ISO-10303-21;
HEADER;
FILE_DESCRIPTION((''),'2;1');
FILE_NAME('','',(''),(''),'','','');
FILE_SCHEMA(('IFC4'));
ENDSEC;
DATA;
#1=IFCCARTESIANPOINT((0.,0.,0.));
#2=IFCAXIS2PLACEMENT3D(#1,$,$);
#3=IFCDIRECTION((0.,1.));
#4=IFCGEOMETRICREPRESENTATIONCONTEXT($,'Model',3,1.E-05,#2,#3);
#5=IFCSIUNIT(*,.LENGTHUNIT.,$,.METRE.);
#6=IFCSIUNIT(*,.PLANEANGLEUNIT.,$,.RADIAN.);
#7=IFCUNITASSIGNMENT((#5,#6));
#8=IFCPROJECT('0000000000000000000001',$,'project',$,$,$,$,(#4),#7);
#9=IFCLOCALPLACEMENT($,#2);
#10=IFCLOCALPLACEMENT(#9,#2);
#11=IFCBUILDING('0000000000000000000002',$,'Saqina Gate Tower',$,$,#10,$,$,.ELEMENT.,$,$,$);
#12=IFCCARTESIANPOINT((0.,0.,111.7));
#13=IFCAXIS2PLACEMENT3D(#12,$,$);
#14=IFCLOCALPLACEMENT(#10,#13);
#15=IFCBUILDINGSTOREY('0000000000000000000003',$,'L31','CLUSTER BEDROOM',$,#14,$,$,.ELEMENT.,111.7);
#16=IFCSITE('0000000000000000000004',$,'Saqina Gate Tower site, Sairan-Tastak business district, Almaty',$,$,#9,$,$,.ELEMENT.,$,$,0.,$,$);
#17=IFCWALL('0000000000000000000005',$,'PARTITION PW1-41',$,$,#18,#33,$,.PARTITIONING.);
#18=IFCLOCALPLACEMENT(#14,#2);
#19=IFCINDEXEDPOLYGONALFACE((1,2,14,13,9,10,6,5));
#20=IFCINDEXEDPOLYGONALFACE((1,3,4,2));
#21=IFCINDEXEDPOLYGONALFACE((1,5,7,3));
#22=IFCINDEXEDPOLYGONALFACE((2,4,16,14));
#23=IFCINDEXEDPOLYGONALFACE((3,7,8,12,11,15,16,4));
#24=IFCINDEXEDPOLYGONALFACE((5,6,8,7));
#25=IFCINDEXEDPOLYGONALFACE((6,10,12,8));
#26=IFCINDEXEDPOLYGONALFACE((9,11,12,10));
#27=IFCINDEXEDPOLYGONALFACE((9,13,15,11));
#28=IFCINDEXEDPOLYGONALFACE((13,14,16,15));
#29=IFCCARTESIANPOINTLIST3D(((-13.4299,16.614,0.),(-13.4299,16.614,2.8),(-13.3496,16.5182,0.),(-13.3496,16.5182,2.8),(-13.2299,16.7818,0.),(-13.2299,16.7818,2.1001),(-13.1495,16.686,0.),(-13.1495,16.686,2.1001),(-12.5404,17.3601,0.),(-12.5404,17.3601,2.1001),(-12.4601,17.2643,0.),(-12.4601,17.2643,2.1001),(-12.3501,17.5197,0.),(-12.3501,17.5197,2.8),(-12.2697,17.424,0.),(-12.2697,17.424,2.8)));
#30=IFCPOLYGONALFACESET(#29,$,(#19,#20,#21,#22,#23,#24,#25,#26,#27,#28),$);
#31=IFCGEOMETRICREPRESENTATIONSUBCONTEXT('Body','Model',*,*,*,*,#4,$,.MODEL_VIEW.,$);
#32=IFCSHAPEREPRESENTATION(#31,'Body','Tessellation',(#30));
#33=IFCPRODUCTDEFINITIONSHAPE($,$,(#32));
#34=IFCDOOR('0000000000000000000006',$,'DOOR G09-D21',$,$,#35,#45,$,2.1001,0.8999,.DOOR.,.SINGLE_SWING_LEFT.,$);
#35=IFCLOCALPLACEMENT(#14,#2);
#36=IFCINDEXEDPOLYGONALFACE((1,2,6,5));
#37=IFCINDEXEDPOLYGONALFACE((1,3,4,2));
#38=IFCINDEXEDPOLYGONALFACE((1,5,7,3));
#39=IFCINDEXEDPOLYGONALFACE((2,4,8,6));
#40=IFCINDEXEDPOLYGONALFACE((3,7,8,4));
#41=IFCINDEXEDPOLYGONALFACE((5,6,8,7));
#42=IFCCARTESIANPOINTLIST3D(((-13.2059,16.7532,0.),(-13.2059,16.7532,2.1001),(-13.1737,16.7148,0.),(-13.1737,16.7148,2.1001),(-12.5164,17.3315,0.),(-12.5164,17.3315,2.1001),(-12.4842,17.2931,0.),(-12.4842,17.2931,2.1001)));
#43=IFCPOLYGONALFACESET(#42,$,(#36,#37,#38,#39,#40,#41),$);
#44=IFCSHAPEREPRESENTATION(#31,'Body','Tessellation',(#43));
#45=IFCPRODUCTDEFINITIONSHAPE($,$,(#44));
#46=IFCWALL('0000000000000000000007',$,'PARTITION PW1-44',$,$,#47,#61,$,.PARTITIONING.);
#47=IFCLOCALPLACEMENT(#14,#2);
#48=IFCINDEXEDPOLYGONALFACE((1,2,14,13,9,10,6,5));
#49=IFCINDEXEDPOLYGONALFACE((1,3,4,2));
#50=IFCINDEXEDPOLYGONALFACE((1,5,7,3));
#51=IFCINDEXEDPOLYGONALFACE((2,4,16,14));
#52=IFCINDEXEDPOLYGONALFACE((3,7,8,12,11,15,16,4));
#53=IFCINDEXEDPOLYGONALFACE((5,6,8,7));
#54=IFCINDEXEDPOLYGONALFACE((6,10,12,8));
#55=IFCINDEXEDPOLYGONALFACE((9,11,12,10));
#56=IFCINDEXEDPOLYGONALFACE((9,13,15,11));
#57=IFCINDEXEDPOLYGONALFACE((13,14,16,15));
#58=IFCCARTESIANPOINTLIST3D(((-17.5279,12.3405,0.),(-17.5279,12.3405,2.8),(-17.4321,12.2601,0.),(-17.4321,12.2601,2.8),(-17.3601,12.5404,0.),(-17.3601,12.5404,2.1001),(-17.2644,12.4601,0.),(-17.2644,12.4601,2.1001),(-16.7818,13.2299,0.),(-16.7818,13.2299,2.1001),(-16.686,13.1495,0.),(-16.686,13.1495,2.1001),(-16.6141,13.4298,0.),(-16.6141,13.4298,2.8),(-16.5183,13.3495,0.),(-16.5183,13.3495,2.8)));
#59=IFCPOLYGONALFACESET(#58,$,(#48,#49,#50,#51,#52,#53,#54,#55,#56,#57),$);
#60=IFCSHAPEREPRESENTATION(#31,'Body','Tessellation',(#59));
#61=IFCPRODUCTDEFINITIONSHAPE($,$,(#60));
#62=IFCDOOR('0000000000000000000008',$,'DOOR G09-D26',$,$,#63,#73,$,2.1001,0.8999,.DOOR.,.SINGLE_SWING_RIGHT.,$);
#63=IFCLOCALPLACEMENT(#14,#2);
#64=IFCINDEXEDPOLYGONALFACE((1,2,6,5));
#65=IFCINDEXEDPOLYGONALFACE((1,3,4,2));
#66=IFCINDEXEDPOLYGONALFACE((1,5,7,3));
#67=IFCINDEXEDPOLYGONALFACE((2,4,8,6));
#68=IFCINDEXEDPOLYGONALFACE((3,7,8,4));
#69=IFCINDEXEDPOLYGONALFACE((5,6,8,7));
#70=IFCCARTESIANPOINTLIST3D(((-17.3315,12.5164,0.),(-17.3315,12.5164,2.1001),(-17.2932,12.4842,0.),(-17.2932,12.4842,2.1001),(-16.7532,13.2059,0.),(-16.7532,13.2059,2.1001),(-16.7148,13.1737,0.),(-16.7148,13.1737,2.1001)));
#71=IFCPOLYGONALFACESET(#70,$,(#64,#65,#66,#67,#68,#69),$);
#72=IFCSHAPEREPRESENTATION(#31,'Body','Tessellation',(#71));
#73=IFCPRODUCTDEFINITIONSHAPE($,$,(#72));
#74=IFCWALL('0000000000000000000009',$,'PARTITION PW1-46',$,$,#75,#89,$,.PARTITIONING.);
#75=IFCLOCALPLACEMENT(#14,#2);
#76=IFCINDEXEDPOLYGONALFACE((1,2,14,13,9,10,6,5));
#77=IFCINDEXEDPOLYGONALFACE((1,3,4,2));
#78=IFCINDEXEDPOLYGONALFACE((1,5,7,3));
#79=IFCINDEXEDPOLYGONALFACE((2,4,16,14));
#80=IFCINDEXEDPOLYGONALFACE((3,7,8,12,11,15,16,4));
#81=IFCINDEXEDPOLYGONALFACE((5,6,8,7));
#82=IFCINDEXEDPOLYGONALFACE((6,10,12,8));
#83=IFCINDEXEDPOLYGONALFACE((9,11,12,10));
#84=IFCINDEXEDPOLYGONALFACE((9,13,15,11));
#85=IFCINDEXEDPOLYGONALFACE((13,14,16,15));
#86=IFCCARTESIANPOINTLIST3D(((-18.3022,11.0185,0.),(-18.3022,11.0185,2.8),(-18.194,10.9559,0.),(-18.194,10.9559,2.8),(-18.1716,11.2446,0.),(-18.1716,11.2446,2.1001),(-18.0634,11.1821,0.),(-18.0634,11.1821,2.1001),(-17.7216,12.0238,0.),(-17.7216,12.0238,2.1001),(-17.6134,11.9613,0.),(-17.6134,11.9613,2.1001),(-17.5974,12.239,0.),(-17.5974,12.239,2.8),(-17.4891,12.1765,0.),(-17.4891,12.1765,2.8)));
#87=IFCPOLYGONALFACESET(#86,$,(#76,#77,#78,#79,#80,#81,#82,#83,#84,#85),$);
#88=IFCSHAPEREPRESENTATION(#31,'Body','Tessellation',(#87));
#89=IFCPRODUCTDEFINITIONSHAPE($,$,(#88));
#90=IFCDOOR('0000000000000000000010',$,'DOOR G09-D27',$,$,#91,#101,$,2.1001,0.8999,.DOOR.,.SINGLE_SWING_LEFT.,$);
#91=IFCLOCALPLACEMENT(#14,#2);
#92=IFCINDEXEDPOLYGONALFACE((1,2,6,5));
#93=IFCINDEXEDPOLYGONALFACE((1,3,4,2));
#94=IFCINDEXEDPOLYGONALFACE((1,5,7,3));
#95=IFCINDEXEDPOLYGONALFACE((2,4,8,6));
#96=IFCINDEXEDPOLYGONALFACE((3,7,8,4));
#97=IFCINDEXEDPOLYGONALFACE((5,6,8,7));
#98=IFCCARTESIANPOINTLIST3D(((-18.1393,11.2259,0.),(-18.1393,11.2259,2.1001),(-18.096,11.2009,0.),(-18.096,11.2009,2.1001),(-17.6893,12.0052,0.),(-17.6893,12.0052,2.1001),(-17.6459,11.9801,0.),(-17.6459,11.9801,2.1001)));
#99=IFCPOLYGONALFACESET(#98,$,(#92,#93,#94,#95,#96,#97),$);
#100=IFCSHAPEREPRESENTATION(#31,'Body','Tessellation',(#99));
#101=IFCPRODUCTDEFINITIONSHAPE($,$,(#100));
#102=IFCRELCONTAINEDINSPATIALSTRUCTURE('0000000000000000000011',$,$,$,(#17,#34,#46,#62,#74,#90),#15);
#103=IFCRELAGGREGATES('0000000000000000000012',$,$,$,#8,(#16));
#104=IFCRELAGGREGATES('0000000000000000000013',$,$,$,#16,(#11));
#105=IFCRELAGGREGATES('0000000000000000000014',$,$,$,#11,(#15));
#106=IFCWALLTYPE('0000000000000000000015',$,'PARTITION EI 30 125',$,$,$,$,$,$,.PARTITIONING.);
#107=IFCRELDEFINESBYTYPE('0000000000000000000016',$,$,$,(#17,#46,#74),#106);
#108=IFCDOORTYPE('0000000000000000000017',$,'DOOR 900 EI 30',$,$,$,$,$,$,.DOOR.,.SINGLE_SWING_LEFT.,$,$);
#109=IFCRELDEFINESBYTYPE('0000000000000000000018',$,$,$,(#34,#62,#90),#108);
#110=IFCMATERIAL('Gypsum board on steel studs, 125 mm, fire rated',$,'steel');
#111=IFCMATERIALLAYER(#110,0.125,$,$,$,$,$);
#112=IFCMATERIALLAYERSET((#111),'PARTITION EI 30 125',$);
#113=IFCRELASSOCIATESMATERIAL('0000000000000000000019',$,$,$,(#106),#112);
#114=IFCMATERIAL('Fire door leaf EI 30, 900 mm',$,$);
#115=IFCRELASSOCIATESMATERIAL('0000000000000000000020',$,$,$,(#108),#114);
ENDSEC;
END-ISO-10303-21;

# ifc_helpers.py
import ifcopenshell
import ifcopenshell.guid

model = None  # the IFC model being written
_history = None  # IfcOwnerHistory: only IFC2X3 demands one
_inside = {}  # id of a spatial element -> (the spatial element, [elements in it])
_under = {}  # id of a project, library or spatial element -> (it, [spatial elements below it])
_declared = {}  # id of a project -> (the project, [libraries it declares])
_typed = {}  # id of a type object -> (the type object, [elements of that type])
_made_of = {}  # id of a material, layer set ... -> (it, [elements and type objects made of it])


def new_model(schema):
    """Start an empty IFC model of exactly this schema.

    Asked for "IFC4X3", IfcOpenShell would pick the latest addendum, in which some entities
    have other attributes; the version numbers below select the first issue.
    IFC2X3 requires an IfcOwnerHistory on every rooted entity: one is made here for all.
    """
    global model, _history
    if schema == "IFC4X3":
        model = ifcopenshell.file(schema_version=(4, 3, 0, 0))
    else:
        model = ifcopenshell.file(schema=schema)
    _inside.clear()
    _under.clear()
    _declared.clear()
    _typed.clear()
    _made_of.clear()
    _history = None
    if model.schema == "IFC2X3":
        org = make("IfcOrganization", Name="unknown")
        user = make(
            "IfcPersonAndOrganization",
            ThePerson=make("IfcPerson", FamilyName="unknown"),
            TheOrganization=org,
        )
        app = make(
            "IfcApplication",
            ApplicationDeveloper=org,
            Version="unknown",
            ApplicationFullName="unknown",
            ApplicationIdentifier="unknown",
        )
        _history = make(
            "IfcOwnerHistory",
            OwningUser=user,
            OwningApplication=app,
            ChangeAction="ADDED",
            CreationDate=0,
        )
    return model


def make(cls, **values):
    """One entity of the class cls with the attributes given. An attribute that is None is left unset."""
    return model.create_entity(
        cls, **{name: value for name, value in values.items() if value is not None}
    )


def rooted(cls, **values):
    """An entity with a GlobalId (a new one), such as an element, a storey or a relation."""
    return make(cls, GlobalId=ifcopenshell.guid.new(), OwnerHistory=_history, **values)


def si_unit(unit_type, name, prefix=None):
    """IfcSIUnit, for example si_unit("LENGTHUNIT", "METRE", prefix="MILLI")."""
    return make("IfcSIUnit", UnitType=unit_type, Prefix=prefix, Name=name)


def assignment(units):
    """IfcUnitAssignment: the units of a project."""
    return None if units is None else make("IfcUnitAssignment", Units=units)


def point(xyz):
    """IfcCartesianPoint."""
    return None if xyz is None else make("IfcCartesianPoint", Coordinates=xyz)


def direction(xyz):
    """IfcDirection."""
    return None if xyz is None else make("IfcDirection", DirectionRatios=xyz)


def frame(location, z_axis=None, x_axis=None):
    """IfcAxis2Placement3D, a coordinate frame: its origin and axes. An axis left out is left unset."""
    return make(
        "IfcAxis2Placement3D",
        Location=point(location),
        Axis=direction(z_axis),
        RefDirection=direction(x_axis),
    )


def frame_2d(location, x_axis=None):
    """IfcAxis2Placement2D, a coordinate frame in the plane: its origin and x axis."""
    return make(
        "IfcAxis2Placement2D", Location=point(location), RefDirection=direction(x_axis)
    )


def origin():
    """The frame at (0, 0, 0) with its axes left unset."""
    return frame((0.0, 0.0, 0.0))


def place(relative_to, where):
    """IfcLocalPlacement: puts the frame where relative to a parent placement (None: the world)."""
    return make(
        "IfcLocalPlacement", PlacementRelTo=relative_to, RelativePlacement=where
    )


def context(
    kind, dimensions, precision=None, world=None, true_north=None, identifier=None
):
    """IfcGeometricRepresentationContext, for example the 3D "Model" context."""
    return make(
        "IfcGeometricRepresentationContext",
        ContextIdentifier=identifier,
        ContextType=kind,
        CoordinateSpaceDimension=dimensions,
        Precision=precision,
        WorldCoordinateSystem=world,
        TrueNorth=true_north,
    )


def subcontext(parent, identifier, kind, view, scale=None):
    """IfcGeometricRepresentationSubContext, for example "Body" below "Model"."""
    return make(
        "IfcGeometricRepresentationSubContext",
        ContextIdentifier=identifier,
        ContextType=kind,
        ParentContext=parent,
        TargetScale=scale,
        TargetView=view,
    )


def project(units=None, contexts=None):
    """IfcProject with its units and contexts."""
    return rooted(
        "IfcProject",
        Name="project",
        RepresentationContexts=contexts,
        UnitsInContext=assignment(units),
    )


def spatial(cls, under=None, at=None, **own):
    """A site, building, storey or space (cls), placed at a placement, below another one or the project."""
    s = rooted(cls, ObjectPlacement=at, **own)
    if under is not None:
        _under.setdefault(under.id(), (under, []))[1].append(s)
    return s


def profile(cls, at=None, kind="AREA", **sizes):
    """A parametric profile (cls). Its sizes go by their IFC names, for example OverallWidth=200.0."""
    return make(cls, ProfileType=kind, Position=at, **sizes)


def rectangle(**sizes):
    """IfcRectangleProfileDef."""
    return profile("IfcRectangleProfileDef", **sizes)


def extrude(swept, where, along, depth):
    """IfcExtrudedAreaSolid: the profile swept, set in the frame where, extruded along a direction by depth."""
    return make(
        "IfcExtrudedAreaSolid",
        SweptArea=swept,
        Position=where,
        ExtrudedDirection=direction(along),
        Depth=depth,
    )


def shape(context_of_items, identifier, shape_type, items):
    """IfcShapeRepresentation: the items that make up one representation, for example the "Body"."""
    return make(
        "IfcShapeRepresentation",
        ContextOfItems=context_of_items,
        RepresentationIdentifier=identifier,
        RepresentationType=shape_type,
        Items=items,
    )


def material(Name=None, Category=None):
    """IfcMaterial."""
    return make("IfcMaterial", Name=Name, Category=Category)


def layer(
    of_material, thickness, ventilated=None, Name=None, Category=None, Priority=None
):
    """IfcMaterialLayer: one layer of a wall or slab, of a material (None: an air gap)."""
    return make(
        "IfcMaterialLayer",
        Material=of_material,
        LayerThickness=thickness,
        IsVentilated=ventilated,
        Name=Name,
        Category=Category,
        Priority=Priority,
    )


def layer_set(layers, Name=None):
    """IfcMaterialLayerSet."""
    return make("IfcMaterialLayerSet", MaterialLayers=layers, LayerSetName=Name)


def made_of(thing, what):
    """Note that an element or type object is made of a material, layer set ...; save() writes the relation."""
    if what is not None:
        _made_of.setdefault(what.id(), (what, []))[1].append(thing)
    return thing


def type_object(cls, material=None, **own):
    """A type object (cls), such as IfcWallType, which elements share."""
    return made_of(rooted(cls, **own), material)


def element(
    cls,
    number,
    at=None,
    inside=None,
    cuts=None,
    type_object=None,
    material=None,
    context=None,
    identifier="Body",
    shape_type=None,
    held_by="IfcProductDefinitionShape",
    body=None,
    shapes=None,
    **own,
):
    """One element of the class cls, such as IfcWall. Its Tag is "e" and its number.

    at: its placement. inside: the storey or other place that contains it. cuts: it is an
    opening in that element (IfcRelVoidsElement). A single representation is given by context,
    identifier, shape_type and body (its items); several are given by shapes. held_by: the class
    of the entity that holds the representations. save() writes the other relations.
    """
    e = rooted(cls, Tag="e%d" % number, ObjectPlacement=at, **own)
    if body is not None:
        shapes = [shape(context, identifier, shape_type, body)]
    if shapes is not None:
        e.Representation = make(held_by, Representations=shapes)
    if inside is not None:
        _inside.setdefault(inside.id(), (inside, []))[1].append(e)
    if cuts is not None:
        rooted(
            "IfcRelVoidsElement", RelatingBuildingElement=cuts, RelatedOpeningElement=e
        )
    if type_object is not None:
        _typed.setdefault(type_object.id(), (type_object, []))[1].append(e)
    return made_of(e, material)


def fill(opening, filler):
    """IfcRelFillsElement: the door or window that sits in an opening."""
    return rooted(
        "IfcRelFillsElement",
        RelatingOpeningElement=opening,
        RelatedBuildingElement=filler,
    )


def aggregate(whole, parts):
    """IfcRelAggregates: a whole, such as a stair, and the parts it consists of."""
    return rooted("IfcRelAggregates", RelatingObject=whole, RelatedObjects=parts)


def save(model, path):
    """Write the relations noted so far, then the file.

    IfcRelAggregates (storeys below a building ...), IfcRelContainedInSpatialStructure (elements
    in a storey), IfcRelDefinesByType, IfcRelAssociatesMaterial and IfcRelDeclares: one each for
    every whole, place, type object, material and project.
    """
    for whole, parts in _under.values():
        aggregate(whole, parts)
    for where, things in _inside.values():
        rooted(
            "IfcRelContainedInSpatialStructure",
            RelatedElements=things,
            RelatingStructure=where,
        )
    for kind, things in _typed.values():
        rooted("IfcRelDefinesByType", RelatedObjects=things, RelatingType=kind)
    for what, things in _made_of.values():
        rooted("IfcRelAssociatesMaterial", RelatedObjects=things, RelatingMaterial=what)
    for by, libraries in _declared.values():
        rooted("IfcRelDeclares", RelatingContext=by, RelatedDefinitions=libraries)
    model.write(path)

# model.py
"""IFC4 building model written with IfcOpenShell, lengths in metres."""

from ifc_helpers import new_model, si_unit, direction, frame, frame_2d, origin, place, context, subcontext, project, spatial, rectangle, extrude, material, layer, layer_set, type_object, element, fill, save


model = new_model("IFC4")

# Units and contexts
model_context = context("Model", 3, precision=1e-05, world=origin(), true_north=direction((0.0, 1.0)))
body_context = subcontext(model_context, "Body", "Model", "MODEL_VIEW")
ifc_project = project(units=[si_unit("LENGTHUNIT", "METRE"), si_unit("PLANEANGLEUNIT", "RADIAN")], contexts=[model_context])

# Site, building, storey
site_placement = place(None, origin())
site = spatial("IfcSite", under=ifc_project, at=site_placement, Name="Saqina Gate Tower site, Sairan-Tastak business district, Almaty", CompositionType="ELEMENT", RefElevation=0.0)
building_placement = place(site_placement, origin())
building = spatial("IfcBuilding", under=site, at=building_placement, Name="Saqina Gate Tower", CompositionType="ELEMENT")
storey_placement = place(building_placement, frame((0.0, 0.0, 111.7)))
storey = spatial("IfcBuildingStorey", under=building, at=storey_placement, Name="L31", Description="CLUSTER BEDROOM", CompositionType="ELEMENT", Elevation=111.7)

# Walls, openings, doors
ifc_material_1 = material(Name="Gypsum board on steel studs, 125 mm, fire rated", Category="steel")
ifc_layer_1 = layer(ifc_material_1, 0.125)
ifc_layer_set_1 = layer_set([ifc_layer_1], Name="PARTITION EI 30 125")
wall_type_1 = type_object("IfcWallType", Name="PARTITION EI 30 125", PredefinedType="PARTITIONING", material=ifc_layer_set_1)
wall_1_placement = place(storey_placement, frame((-13.3896, 16.5662, 0.0), z_axis=(0.0, 0.0, 1.0), x_axis=(0.766159, 0.642652, 0.0)))
wall_1 = element("IfcWall", 1, at=wall_1_placement, inside=storey, type_object=wall_type_1, Name="PARTITION PW1-41", PredefinedType="PARTITIONING", context=body_context, shape_type="SweptSolid", body=[
    extrude(rectangle(XDim=1.4094, YDim=0.125, at=frame_2d((0.7046, 0.0))), origin(), (0.0, 0.0, 1.0), 2.8),
])
opening_1_placement = place(wall_1_placement, frame((0.261, 0.0, 0.0)))
opening_1 = element("IfcOpeningElement", 2, at=opening_1_placement, cuts=wall_1, PredefinedType="OPENING", context=body_context, shape_type="SweptSolid", body=[
    extrude(rectangle(XDim=0.8999, YDim=2.1001, at=frame_2d((0.45, 1.05))), frame((0.0, 0.0745, 0.0), z_axis=(0.0, -1.0, 0.0), x_axis=(1.0, 0.0, 0.0)), (0.0, 0.0, 1.0), 0.1489),
])
ifc_material_2 = material(Name="Fire door leaf EI 30, 900 mm")
door_type_1 = type_object("IfcDoorType", Name="DOOR 900 EI 30", OperationType="SINGLE_SWING_LEFT", PredefinedType="DOOR", material=ifc_material_2)
door_1_placement = place(opening_1_placement, frame((0.8999, 0.0, 0.0), z_axis=(0.0, 0.0, 1.0), x_axis=(-1.0, 0.0, 0.0)))
door_1 = element("IfcDoor", 3, at=door_1_placement, inside=storey, type_object=door_type_1, Name="DOOR G09-D21", OperationType="SINGLE_SWING_LEFT", OverallHeight=2.1001, OverallWidth=0.8999, PredefinedType="DOOR", context=body_context, shape_type="SweptSolid", body=[
    extrude(rectangle(XDim=0.8999, YDim=2.1001, at=frame_2d((0.45, 1.05))), frame((0.0, 0.0249, 0.0), z_axis=(0.0, -1.0, 0.0), x_axis=(1.0, 0.0, 0.0)), (0.0, 0.0, 1.0), 0.05),
])
fill(opening_1, door_1)
wall_2_placement = place(storey_placement, frame((-17.48, 12.3003, 0.0), z_axis=(0.0, 0.0, 1.0), x_axis=(0.642681, 0.766134, 0.0)))
wall_2 = element("IfcWall", 4, at=wall_2_placement, inside=storey, type_object=wall_type_1, Name="PARTITION PW1-44", PredefinedType="PARTITIONING", context=body_context, shape_type="SweptSolid", body=[
    extrude(rectangle(XDim=1.4219, YDim=0.125, at=frame_2d((0.7109, 0.0))), origin(), (0.0, 0.0, 1.0), 2.8),
])
opening_2_placement = place(wall_2_placement, frame((0.261, 0.0, 0.0)))
opening_2 = element("IfcOpeningElement", 5, at=opening_2_placement, cuts=wall_2, PredefinedType="OPENING", context=body_context, shape_type="SweptSolid", body=[
    extrude(rectangle(XDim=0.8999, YDim=2.1001, at=frame_2d((0.45, 1.05))), frame((0.0, 0.0745, 0.0), z_axis=(0.0, -1.0, 0.0), x_axis=(1.0, 0.0, 0.0)), (0.0, 0.0, 1.0), 0.1489),
])
door_2_placement = place(opening_2_placement, frame((0.8999, 0.0, 0.0), z_axis=(0.0, 0.0, 1.0), x_axis=(-1.0, 0.0, 0.0)))
door_2 = element("IfcDoor", 6, at=door_2_placement, inside=storey, type_object=door_type_1, Name="DOOR G09-D26", OperationType="SINGLE_SWING_RIGHT", OverallHeight=2.1001, OverallWidth=0.8999, PredefinedType="DOOR", context=body_context, shape_type="SweptSolid", body=[
    extrude(rectangle(XDim=0.8999, YDim=2.1001, at=frame_2d((0.45, 1.05))), frame((0.0, 0.0249, 0.0), z_axis=(0.0, -1.0, 0.0), x_axis=(1.0, 0.0, 0.0)), (0.0, 0.0, 1.0), 0.05),
])
fill(opening_2, door_2)
wall_3_placement = place(storey_placement, frame((-18.248, 10.9873, 0.0), z_axis=(0.0, 0.0, 1.0), x_axis=(0.500107, 0.865963, 0.0)))
wall_3 = element("IfcWall", 7, at=wall_3_placement, inside=storey, type_object=wall_type_1, Name="PARTITION PW1-46", PredefinedType="PARTITIONING", context=body_context, shape_type="SweptSolid", body=[
    extrude(rectangle(XDim=1.4094, YDim=0.125, at=frame_2d((0.7046, 0.0))), origin(), (0.0, 0.0, 1.0), 2.8),
])
opening_3_placement = place(wall_3_placement, frame((0.261, 0.0, 0.0)))
opening_3 = element("IfcOpeningElement", 8, at=opening_3_placement, cuts=wall_3, PredefinedType="OPENING", context=body_context, shape_type="SweptSolid", body=[
    extrude(rectangle(XDim=0.8999, YDim=2.1001, at=frame_2d((0.45, 1.05))), frame((0.0, 0.0745, 0.0), z_axis=(0.0, -1.0, 0.0), x_axis=(1.0, 0.0, 0.0)), (0.0, 0.0, 1.0), 0.1489),
])
door_3_placement = place(opening_3_placement, frame((0.8999, 0.0, 0.0), z_axis=(0.0, 0.0, 1.0), x_axis=(-1.0, 0.0, 0.0)))
door_3 = element("IfcDoor", 9, at=door_3_placement, inside=storey, type_object=door_type_1, Name="DOOR G09-D27", OperationType="SINGLE_SWING_LEFT", OverallHeight=2.1001, OverallWidth=0.8999, PredefinedType="DOOR", context=body_context, shape_type="SweptSolid", body=[
    extrude(rectangle(XDim=0.8999, YDim=2.1001, at=frame_2d((0.45, 1.05))), frame((0.0, 0.0249, 0.0), z_axis=(0.0, -1.0, 0.0), x_axis=(1.0, 0.0, 0.0)), (0.0, 0.0, 1.0), 0.05),
])
fill(opening_3, door_3)

save(model, "model.ifc")
